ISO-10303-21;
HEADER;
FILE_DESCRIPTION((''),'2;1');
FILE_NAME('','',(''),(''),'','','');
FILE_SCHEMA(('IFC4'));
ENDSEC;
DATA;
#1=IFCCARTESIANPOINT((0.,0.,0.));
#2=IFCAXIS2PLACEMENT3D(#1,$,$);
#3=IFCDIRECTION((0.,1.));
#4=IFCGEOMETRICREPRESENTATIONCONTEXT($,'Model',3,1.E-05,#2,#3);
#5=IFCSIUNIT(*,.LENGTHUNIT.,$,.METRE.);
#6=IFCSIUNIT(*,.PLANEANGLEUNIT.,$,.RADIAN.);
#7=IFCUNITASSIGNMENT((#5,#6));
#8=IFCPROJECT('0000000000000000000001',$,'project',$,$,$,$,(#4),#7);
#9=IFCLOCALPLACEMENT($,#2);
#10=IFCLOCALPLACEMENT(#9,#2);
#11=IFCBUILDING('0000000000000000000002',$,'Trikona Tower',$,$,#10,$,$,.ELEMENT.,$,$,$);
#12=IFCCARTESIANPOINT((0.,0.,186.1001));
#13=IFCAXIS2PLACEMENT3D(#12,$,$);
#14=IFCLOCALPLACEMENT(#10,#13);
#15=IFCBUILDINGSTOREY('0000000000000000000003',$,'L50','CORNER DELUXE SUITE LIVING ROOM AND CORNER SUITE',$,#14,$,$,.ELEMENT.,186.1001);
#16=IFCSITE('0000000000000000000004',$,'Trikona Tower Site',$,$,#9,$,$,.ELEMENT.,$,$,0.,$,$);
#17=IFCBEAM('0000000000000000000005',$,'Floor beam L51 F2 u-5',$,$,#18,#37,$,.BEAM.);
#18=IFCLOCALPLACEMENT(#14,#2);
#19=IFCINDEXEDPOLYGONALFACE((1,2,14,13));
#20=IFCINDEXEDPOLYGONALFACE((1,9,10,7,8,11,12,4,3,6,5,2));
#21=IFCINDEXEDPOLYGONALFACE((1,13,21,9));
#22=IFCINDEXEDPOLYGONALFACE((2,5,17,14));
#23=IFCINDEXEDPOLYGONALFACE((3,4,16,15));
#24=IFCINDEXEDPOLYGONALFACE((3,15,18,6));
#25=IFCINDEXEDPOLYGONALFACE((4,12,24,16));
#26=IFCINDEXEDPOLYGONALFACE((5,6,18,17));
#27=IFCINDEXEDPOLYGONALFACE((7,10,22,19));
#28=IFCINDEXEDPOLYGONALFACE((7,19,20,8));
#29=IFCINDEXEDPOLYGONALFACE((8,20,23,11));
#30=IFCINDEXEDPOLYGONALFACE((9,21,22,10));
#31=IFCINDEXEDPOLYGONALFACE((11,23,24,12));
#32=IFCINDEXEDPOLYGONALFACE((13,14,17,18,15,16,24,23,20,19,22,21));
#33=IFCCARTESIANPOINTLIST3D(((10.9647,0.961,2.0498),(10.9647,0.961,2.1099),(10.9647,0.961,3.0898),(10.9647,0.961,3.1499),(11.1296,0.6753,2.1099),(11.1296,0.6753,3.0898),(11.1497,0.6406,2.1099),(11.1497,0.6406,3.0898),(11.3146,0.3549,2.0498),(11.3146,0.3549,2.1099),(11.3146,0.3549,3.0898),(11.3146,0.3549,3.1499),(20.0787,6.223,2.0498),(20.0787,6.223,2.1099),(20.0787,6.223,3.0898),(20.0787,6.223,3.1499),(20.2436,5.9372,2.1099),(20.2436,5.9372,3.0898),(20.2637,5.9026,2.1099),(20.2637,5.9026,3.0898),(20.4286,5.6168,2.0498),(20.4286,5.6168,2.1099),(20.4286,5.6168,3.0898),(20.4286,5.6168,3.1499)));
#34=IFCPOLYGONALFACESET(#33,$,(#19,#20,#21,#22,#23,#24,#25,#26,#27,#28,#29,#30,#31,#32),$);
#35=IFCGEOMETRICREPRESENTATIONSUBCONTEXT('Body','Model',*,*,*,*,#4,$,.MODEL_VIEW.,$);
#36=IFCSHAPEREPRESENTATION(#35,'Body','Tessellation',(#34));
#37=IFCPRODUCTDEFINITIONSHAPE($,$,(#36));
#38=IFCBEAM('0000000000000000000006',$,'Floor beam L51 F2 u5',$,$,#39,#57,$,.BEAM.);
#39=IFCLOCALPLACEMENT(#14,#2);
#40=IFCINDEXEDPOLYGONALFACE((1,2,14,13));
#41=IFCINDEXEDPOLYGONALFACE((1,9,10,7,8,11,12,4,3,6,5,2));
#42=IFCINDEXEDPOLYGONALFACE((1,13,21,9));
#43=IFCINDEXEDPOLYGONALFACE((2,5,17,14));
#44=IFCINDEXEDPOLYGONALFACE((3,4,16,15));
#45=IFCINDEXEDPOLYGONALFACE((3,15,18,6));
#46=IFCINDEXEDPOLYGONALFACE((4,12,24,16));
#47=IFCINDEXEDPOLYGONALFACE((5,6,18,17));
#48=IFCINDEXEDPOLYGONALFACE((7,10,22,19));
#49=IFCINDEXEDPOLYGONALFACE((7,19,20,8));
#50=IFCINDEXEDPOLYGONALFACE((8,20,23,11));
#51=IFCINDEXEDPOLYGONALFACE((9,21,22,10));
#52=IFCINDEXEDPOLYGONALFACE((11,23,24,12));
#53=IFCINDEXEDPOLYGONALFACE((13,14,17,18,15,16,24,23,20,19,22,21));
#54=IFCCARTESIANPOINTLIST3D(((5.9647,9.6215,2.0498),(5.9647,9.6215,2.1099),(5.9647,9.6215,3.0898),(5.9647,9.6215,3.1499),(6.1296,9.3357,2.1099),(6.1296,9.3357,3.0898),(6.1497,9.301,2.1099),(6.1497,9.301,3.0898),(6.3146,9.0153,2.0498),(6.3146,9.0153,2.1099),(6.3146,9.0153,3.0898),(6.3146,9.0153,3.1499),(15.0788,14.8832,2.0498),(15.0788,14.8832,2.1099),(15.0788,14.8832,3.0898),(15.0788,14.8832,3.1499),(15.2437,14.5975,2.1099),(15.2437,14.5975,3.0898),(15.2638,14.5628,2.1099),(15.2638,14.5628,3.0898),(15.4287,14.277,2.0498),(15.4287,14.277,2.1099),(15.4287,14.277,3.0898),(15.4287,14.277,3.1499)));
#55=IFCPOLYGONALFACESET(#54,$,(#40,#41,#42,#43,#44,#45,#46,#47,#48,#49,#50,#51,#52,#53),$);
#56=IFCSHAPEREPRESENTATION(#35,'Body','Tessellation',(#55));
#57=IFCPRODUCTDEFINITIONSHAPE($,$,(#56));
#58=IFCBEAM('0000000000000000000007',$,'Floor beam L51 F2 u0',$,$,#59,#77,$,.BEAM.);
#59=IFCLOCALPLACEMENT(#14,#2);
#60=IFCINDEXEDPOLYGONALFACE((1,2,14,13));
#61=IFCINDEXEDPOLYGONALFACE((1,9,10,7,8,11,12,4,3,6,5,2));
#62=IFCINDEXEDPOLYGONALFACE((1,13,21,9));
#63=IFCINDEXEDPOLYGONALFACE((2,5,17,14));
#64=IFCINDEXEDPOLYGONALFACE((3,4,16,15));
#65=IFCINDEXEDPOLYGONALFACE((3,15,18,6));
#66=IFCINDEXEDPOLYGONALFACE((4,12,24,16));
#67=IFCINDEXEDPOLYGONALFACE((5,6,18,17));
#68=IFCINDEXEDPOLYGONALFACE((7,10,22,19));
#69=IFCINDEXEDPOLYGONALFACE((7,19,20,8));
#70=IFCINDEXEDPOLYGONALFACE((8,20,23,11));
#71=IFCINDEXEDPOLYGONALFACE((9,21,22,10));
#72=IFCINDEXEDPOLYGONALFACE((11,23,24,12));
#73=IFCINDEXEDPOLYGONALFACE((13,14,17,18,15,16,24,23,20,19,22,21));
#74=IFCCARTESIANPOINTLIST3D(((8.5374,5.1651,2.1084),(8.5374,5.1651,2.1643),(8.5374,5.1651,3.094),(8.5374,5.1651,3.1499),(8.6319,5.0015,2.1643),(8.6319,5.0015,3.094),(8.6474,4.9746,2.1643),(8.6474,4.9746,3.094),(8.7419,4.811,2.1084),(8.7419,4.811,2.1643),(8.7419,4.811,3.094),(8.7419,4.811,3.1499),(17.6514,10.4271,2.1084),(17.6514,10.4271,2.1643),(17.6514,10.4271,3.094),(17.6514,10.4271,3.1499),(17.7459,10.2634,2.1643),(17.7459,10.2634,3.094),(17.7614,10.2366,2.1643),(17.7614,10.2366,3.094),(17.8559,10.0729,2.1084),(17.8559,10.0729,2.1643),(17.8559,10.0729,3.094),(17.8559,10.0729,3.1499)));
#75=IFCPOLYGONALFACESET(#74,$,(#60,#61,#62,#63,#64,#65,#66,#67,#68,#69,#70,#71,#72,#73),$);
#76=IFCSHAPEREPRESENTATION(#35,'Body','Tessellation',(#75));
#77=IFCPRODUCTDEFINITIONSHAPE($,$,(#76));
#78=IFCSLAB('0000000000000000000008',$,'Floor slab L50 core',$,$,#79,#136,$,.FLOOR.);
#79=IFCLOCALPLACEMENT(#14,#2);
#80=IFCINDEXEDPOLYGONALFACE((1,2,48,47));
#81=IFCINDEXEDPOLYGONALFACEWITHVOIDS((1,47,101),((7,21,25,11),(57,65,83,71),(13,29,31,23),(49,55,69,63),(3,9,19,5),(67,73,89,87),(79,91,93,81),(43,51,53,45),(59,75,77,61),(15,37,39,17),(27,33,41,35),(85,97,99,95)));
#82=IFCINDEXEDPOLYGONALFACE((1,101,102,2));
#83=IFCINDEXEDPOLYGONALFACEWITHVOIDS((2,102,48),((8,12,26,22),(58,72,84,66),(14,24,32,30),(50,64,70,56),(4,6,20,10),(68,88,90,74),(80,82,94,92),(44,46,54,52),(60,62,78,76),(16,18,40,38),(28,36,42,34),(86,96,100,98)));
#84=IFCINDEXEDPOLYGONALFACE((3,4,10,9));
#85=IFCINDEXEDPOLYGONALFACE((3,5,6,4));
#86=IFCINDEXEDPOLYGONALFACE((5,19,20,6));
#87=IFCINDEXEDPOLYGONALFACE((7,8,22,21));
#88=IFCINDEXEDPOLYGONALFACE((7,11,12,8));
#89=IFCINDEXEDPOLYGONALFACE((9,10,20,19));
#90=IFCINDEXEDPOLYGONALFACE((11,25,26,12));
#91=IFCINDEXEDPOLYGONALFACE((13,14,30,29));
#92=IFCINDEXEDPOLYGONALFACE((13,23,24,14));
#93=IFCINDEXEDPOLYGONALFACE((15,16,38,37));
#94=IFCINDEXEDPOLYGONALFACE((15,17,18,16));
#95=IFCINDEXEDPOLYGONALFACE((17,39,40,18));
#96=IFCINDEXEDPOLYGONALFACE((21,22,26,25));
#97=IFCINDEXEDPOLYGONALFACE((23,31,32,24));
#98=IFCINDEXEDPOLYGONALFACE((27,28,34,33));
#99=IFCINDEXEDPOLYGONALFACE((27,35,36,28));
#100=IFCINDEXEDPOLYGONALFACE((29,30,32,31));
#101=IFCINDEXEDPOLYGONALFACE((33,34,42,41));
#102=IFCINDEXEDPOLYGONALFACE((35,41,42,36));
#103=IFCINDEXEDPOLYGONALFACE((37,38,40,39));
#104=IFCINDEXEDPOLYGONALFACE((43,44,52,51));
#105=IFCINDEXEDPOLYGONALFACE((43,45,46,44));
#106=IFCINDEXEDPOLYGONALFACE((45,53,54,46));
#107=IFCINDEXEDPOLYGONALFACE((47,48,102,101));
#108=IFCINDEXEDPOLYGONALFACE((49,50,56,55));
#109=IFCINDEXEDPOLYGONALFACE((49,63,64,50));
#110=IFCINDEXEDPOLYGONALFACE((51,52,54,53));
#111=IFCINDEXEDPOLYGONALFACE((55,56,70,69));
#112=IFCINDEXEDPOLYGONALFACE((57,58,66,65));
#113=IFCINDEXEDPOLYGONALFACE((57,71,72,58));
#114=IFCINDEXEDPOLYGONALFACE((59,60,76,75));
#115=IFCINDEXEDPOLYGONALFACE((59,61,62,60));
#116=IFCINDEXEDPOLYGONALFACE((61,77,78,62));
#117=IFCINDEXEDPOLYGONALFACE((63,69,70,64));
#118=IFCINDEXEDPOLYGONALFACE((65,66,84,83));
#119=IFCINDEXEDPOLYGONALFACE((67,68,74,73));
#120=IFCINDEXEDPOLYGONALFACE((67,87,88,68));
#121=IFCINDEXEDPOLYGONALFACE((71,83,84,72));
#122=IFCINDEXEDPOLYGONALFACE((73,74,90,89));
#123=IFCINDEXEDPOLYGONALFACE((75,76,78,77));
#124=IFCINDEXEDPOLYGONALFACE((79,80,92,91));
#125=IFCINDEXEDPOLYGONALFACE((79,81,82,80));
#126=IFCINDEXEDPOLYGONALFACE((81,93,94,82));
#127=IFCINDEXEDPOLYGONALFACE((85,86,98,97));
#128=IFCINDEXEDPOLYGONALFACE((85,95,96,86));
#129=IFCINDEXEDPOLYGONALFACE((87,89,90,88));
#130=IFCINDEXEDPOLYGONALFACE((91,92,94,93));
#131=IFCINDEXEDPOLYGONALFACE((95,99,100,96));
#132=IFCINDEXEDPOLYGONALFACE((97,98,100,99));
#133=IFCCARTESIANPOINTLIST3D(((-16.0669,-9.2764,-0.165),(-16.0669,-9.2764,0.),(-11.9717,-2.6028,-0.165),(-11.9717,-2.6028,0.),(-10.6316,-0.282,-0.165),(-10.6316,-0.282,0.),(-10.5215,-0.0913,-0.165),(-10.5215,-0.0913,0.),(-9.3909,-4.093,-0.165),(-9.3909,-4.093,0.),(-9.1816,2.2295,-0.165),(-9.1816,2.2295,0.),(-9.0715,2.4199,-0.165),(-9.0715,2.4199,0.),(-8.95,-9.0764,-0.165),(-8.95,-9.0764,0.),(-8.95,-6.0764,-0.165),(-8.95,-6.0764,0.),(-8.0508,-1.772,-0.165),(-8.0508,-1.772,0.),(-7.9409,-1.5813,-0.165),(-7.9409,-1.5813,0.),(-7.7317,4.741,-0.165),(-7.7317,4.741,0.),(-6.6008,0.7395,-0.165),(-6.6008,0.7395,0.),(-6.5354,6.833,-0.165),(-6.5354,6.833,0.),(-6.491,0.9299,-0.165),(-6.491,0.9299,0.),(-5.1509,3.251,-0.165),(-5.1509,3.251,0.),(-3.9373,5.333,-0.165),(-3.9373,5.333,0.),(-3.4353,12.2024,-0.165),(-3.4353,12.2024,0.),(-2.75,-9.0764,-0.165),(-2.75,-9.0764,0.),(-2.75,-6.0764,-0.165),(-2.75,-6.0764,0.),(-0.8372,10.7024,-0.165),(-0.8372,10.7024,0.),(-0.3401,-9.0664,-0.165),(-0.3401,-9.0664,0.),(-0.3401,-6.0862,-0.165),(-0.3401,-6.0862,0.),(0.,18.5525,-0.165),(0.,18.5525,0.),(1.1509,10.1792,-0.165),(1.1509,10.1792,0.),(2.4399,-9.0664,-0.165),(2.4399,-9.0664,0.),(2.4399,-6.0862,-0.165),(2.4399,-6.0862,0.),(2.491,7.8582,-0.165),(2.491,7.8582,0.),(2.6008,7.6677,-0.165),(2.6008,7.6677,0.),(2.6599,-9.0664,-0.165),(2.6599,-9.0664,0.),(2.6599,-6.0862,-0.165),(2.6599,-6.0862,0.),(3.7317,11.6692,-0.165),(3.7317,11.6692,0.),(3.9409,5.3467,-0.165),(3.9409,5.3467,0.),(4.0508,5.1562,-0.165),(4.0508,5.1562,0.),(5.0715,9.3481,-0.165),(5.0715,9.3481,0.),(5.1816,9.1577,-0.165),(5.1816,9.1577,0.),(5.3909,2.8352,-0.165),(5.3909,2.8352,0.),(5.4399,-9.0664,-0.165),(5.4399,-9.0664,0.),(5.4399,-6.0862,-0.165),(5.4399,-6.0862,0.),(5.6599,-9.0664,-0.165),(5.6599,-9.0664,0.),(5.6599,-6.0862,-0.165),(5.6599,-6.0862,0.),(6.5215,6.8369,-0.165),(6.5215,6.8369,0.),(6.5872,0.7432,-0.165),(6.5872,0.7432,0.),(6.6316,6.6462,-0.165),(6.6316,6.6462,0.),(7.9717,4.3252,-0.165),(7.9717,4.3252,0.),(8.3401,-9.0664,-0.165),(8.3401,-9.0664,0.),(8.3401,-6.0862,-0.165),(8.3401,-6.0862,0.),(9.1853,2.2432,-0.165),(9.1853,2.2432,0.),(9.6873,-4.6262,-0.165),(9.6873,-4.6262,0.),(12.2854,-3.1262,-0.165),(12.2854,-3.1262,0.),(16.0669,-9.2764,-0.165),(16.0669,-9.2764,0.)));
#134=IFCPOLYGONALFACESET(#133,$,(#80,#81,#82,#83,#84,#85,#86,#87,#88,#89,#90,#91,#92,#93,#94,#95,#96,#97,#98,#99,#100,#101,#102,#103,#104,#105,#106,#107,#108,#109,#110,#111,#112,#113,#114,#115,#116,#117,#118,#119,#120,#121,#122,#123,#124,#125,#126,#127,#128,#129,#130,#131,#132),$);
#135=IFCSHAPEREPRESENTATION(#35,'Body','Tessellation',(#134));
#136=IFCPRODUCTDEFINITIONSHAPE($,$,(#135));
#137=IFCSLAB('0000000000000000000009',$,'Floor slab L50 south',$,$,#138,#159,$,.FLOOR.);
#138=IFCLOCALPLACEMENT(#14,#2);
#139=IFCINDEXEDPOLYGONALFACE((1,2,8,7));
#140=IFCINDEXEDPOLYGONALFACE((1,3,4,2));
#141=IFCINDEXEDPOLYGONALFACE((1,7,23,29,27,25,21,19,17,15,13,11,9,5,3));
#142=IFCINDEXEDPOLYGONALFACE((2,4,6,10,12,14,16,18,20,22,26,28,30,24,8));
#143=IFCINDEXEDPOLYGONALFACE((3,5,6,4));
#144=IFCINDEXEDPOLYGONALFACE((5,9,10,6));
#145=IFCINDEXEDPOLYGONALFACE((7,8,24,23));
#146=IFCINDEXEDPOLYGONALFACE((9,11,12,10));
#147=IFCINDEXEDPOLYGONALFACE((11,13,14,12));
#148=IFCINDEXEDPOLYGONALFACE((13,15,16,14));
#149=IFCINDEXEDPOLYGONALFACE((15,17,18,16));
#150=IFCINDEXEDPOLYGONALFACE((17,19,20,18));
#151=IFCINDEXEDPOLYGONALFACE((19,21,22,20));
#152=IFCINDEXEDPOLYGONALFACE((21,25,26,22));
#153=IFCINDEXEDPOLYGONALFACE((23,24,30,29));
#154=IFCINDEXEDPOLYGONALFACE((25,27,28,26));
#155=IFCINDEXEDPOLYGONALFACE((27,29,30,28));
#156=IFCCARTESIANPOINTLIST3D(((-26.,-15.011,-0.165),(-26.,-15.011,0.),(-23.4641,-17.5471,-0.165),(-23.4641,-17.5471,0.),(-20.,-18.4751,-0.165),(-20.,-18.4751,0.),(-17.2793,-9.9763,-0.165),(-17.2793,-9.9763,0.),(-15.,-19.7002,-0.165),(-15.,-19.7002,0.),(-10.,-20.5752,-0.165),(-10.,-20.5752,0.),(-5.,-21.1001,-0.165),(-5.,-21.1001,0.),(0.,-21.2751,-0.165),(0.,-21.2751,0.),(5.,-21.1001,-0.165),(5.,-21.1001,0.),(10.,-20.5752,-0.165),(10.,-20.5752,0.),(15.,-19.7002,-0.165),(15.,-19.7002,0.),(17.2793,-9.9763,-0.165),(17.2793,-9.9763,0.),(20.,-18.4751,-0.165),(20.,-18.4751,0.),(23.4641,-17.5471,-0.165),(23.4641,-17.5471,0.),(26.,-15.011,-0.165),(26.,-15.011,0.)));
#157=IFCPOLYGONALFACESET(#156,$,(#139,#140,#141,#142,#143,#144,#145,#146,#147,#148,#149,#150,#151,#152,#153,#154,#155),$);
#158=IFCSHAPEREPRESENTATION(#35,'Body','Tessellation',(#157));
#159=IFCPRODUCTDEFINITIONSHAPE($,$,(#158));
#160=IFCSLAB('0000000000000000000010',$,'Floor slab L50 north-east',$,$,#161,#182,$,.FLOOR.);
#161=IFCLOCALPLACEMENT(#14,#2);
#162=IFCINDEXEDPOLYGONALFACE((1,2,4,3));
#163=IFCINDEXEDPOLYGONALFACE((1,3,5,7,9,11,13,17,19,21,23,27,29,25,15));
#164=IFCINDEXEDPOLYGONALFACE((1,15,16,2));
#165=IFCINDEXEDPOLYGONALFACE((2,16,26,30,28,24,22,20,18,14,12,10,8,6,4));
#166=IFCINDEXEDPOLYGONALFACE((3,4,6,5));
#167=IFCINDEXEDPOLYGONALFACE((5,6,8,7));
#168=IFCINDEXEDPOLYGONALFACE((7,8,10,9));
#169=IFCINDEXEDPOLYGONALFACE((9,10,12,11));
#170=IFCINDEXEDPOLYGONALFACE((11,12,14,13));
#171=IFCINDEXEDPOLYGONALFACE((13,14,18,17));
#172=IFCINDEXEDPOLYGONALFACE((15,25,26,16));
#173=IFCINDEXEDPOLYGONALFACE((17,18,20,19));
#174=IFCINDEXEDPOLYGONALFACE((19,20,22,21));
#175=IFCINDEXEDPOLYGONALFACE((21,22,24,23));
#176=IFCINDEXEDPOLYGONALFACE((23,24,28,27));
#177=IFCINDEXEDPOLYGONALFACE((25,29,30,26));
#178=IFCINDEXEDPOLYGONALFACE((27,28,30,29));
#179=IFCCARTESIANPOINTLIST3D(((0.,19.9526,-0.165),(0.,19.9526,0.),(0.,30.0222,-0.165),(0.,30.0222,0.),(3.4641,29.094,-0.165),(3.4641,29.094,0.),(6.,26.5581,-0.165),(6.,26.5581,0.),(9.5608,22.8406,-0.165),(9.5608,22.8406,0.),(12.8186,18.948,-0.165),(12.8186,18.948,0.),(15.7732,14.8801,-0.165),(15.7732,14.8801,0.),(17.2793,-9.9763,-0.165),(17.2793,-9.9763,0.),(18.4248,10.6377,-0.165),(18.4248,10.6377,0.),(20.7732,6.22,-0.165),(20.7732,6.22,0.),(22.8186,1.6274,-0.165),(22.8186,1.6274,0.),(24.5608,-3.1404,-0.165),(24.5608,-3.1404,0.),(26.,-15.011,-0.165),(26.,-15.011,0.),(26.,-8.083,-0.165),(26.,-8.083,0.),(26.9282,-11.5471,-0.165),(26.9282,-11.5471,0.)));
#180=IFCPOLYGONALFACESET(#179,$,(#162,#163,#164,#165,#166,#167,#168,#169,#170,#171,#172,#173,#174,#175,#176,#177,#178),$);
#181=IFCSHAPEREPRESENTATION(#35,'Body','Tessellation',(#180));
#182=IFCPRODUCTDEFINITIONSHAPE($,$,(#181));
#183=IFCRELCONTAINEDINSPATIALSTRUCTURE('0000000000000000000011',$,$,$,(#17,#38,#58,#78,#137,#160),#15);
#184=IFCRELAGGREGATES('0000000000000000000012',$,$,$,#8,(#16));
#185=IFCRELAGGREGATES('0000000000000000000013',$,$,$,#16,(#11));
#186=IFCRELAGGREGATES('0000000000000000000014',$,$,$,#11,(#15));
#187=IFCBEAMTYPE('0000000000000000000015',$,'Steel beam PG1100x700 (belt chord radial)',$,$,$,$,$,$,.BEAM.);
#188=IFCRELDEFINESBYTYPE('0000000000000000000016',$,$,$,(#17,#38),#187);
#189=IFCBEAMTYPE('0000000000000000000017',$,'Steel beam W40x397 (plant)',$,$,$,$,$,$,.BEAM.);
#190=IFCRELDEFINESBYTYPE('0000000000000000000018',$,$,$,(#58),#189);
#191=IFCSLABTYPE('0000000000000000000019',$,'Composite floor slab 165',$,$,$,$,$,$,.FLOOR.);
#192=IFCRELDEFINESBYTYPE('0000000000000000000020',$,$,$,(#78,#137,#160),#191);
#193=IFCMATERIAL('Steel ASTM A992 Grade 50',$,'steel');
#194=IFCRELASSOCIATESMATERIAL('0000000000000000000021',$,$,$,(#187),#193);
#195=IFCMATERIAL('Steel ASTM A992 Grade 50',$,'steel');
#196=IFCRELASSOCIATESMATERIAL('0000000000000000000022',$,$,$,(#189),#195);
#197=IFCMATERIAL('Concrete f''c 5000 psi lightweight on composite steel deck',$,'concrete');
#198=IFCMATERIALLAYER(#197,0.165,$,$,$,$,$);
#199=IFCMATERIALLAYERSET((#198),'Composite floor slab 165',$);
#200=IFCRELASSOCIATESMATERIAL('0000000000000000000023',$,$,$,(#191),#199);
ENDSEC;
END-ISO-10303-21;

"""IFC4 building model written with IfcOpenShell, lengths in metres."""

from ifc_helpers import new_model, si_unit, direction, frame, origin, origin_2d, place, context, subcontext, project, spatial, polyline, i_section, outline, extrude, material, layer, layer_set, material_profile, profile_set, type_object, element, save


model = new_model("IFC4")

# Units and contexts
model_context = context("Model", 3, precision=1e-05, world=origin(), true_north=direction((0.0, 1.0)))
body_context = subcontext(model_context, "Body", "Model", "MODEL_VIEW")
ifc_project = project(units=[si_unit("LENGTHUNIT", "METRE"), si_unit("PLANEANGLEUNIT", "RADIAN")], contexts=[model_context])

# Site, building, storey
site_placement = place(None, origin())
site = spatial("IfcSite", under=ifc_project, at=site_placement, Name="Trikona Tower Site", CompositionType="ELEMENT", RefElevation=0.0)
building_placement = place(site_placement, origin())
building = spatial("IfcBuilding", under=site, at=building_placement, Name="Trikona Tower", CompositionType="ELEMENT")
storey_placement = place(building_placement, frame((0.0, 0.0, 186.1001)))
storey = spatial("IfcBuildingStorey", under=building, at=storey_placement, Name="L50", Description="CORNER DELUXE SUITE LIVING ROOM AND CORNER SUITE", CompositionType="ELEMENT", Elevation=186.1001)

# Beams
ifc_material_1 = material(Name="Steel ASTM A992 Grade 50", Category="steel")
ifc_material_profile_1 = material_profile(ifc_material_1, i_section(OverallWidth=0.7, OverallDepth=1.1001, WebThickness=0.04, FlangeThickness=0.0601, at=origin_2d()), Name="PG1100X700")
ifc_profile_set_1 = profile_set([ifc_material_profile_1], Name="Steel ASTM A992 Grade 50")
beam_type_1 = type_object("IfcBeamType", Name="Steel beam PG1100x700 (belt chord radial)", PredefinedType="BEAM", material=ifc_profile_set_1)
for number, where, z_axis, x_axis, name in (
    (1, (11.1396, 0.658, 2.5999), (0.866026, 0.499999, 0.0), (-0.499999, 0.866026, 0.0), "Floor beam L51 F2 u-5"),
    (2, (6.1396, 9.3184, 2.5999), (0.866036, 0.499982, 0.0), (-0.499982, 0.866036, 0.0), "Floor beam L51 F2 u5"),
):
    element("IfcBeam", number, at=place(storey_placement, frame(where, z_axis=z_axis, x_axis=x_axis)), inside=storey, type_object=beam_type_1, Name=name, PredefinedType="BEAM", context=body_context, shape_type="SweptSolid", body=[
        extrude(i_section(OverallWidth=0.7, OverallDepth=1.1001, WebThickness=0.04, FlangeThickness=0.0601, at=origin_2d()), origin(), (0.0, 0.0, 1.0), 10.5239),
    ])
ifc_material_2 = material(Name="Steel ASTM A992 Grade 50", Category="steel")
ifc_material_profile_2 = material_profile(ifc_material_2, i_section(OverallWidth=0.4089, OverallDepth=1.0415, WebThickness=0.031, FlangeThickness=0.0559, at=origin_2d()), Name="W40X397")
ifc_profile_set_2 = profile_set([ifc_material_profile_2], Name="Steel ASTM A992 Grade 50")
beam_type_2 = type_object("IfcBeamType", Name="Steel beam W40x397 (plant)", PredefinedType="BEAM", material=ifc_profile_set_2)
beam_placement = place(storey_placement, frame((8.6396, 4.988, 2.6292), z_axis=(0.866026, 0.499999, 0.0), x_axis=(-0.499999, 0.866026, 0.0)))
element("IfcBeam", 3, at=beam_placement, inside=storey, type_object=beam_type_2, Name="Floor beam L51 F2 u0", PredefinedType="BEAM", context=body_context, shape_type="SweptSolid", body=[
    extrude(i_section(OverallWidth=0.4089, OverallDepth=1.0415, WebThickness=0.031, FlangeThickness=0.0559, at=origin_2d()), origin(), (0.0, 0.0, 1.0), 10.5239),
])

# Slabs
ifc_material_3 = material(Name="Concrete f'c 5000 psi lightweight on composite steel deck", Category="concrete")
ifc_layer_1 = layer(ifc_material_3, 0.165)
ifc_layer_set_1 = layer_set([ifc_layer_1], Name="Composite floor slab 165")
slab_type_1 = type_object("IfcSlabType", Name="Composite floor slab 165", PredefinedType="FLOOR", material=ifc_layer_set_1)
slab_1_placement = place(storey_placement, frame((0.0, 0.0, -0.165)))
element("IfcSlab", 4, at=slab_1_placement, inside=storey, type_object=slab_type_1, Name="Floor slab L50 core", PredefinedType="FLOOR", context=body_context, shape_type="SweptSolid", body=[
    extrude(outline(polyline([(-16.0669, -9.2764), (16.0669, -9.2764), (0.0, 18.5525), (-16.0669, -9.2764)]), holes=[polyline([(12.2854, -3.1262), (9.1853, 2.2432), (6.5872, 0.7432), (9.6873, -4.6262), (12.2854, -3.1262)]), polyline([(8.3401, -9.0664), (8.3401, -6.0862), (5.6599, -6.0862), (5.6599, -9.0664), (8.3401, -9.0664)]), polyline([(5.3909, 2.8352), (7.9717, 4.3252), (6.6316, 6.6462), (4.0508, 5.1562), (5.3909, 2.8352)]), polyline([(2.6008, 7.6677), (3.9409, 5.3467), (6.5215, 6.8369), (5.1816, 9.1577), (2.6008, 7.6677)]), polyline([(5.4399, -6.0862), (2.6599, -6.0862), (2.6599, -9.0664), (5.4399, -9.0664), (5.4399, -6.0862)]), polyline([(3.7317, 11.6692), (1.1509, 10.1792), (2.491, 7.8582), (5.0715, 9.3481), (3.7317, 11.6692)]), polyline([(-0.3401, -6.0862), (-0.3401, -9.0664), (2.4399, -9.0664), (2.4399, -6.0862), (-0.3401, -6.0862)]), polyline([(-3.4353, 12.2024), (-6.5354, 6.833), (-3.9373, 5.333), (-0.8372, 10.7024), (-3.4353, 12.2024)]), polyline([(-8.95, -9.0764), (-2.75, -9.0764), (-2.75, -6.0764), (-8.95, -6.0764), (-8.95, -9.0764)]), polyline([(-5.1509, 3.251), (-7.7317, 4.741), (-9.0715, 2.4199), (-6.491, 0.9299), (-5.1509, 3.251)]), polyline([(-7.9409, -1.5813), (-6.6008, 0.7395), (-9.1816, 2.2295), (-10.5215, -0.0913), (-7.9409, -1.5813)]), polyline([(-11.9717, -2.6028), (-9.3909, -4.093), (-8.0508, -1.772), (-10.6316, -0.282), (-11.9717, -2.6028)])]), origin(), (0.0, 0.0, 1.0), 0.165),
])
slab_2_placement = place(storey_placement, frame((0.0, 0.0, -0.165)))
element("IfcSlab", 5, at=slab_2_placement, inside=storey, type_object=slab_type_1, Name="Floor slab L50 south", PredefinedType="FLOOR", context=body_context, shape_type="SweptSolid", body=[
    extrude(outline(polyline([(23.4641, -17.5471), (26.0, -15.011), (17.2793, -9.9763), (-17.2793, -9.9763), (-26.0, -15.011), (-23.4641, -17.5471), (-20.0, -18.4751), (-15.0, -19.7002), (-10.0, -20.5752), (-5.0, -21.1001), (0.0, -21.2751), (5.0, -21.1001), (10.0, -20.5752), (15.0, -19.7002), (20.0, -18.4751), (23.4641, -17.5471)])), origin(), (0.0, 0.0, 1.0), 0.165),
])
slab_3_placement = place(storey_placement, frame((0.0, 0.0, -0.165)))
element("IfcSlab", 6, at=slab_3_placement, inside=storey, type_object=slab_type_1, Name="Floor slab L50 north-east", PredefinedType="FLOOR", context=body_context, shape_type="SweptSolid", body=[
    extrude(outline(polyline([(3.4641, 29.094), (0.0, 30.0222), (0.0, 19.9526), (17.2793, -9.9763), (26.0, -15.011), (26.9282, -11.5471), (26.0, -8.083), (24.5608, -3.1404), (22.8186, 1.6274), (20.7732, 6.22), (18.4248, 10.6377), (15.7732, 14.8801), (12.8186, 18.948), (9.5608, 22.8406), (6.0, 26.5581), (3.4641, 29.094)])), origin(), (0.0, 0.0, 1.0), 0.165),
])

save(model, "model.ifc")
